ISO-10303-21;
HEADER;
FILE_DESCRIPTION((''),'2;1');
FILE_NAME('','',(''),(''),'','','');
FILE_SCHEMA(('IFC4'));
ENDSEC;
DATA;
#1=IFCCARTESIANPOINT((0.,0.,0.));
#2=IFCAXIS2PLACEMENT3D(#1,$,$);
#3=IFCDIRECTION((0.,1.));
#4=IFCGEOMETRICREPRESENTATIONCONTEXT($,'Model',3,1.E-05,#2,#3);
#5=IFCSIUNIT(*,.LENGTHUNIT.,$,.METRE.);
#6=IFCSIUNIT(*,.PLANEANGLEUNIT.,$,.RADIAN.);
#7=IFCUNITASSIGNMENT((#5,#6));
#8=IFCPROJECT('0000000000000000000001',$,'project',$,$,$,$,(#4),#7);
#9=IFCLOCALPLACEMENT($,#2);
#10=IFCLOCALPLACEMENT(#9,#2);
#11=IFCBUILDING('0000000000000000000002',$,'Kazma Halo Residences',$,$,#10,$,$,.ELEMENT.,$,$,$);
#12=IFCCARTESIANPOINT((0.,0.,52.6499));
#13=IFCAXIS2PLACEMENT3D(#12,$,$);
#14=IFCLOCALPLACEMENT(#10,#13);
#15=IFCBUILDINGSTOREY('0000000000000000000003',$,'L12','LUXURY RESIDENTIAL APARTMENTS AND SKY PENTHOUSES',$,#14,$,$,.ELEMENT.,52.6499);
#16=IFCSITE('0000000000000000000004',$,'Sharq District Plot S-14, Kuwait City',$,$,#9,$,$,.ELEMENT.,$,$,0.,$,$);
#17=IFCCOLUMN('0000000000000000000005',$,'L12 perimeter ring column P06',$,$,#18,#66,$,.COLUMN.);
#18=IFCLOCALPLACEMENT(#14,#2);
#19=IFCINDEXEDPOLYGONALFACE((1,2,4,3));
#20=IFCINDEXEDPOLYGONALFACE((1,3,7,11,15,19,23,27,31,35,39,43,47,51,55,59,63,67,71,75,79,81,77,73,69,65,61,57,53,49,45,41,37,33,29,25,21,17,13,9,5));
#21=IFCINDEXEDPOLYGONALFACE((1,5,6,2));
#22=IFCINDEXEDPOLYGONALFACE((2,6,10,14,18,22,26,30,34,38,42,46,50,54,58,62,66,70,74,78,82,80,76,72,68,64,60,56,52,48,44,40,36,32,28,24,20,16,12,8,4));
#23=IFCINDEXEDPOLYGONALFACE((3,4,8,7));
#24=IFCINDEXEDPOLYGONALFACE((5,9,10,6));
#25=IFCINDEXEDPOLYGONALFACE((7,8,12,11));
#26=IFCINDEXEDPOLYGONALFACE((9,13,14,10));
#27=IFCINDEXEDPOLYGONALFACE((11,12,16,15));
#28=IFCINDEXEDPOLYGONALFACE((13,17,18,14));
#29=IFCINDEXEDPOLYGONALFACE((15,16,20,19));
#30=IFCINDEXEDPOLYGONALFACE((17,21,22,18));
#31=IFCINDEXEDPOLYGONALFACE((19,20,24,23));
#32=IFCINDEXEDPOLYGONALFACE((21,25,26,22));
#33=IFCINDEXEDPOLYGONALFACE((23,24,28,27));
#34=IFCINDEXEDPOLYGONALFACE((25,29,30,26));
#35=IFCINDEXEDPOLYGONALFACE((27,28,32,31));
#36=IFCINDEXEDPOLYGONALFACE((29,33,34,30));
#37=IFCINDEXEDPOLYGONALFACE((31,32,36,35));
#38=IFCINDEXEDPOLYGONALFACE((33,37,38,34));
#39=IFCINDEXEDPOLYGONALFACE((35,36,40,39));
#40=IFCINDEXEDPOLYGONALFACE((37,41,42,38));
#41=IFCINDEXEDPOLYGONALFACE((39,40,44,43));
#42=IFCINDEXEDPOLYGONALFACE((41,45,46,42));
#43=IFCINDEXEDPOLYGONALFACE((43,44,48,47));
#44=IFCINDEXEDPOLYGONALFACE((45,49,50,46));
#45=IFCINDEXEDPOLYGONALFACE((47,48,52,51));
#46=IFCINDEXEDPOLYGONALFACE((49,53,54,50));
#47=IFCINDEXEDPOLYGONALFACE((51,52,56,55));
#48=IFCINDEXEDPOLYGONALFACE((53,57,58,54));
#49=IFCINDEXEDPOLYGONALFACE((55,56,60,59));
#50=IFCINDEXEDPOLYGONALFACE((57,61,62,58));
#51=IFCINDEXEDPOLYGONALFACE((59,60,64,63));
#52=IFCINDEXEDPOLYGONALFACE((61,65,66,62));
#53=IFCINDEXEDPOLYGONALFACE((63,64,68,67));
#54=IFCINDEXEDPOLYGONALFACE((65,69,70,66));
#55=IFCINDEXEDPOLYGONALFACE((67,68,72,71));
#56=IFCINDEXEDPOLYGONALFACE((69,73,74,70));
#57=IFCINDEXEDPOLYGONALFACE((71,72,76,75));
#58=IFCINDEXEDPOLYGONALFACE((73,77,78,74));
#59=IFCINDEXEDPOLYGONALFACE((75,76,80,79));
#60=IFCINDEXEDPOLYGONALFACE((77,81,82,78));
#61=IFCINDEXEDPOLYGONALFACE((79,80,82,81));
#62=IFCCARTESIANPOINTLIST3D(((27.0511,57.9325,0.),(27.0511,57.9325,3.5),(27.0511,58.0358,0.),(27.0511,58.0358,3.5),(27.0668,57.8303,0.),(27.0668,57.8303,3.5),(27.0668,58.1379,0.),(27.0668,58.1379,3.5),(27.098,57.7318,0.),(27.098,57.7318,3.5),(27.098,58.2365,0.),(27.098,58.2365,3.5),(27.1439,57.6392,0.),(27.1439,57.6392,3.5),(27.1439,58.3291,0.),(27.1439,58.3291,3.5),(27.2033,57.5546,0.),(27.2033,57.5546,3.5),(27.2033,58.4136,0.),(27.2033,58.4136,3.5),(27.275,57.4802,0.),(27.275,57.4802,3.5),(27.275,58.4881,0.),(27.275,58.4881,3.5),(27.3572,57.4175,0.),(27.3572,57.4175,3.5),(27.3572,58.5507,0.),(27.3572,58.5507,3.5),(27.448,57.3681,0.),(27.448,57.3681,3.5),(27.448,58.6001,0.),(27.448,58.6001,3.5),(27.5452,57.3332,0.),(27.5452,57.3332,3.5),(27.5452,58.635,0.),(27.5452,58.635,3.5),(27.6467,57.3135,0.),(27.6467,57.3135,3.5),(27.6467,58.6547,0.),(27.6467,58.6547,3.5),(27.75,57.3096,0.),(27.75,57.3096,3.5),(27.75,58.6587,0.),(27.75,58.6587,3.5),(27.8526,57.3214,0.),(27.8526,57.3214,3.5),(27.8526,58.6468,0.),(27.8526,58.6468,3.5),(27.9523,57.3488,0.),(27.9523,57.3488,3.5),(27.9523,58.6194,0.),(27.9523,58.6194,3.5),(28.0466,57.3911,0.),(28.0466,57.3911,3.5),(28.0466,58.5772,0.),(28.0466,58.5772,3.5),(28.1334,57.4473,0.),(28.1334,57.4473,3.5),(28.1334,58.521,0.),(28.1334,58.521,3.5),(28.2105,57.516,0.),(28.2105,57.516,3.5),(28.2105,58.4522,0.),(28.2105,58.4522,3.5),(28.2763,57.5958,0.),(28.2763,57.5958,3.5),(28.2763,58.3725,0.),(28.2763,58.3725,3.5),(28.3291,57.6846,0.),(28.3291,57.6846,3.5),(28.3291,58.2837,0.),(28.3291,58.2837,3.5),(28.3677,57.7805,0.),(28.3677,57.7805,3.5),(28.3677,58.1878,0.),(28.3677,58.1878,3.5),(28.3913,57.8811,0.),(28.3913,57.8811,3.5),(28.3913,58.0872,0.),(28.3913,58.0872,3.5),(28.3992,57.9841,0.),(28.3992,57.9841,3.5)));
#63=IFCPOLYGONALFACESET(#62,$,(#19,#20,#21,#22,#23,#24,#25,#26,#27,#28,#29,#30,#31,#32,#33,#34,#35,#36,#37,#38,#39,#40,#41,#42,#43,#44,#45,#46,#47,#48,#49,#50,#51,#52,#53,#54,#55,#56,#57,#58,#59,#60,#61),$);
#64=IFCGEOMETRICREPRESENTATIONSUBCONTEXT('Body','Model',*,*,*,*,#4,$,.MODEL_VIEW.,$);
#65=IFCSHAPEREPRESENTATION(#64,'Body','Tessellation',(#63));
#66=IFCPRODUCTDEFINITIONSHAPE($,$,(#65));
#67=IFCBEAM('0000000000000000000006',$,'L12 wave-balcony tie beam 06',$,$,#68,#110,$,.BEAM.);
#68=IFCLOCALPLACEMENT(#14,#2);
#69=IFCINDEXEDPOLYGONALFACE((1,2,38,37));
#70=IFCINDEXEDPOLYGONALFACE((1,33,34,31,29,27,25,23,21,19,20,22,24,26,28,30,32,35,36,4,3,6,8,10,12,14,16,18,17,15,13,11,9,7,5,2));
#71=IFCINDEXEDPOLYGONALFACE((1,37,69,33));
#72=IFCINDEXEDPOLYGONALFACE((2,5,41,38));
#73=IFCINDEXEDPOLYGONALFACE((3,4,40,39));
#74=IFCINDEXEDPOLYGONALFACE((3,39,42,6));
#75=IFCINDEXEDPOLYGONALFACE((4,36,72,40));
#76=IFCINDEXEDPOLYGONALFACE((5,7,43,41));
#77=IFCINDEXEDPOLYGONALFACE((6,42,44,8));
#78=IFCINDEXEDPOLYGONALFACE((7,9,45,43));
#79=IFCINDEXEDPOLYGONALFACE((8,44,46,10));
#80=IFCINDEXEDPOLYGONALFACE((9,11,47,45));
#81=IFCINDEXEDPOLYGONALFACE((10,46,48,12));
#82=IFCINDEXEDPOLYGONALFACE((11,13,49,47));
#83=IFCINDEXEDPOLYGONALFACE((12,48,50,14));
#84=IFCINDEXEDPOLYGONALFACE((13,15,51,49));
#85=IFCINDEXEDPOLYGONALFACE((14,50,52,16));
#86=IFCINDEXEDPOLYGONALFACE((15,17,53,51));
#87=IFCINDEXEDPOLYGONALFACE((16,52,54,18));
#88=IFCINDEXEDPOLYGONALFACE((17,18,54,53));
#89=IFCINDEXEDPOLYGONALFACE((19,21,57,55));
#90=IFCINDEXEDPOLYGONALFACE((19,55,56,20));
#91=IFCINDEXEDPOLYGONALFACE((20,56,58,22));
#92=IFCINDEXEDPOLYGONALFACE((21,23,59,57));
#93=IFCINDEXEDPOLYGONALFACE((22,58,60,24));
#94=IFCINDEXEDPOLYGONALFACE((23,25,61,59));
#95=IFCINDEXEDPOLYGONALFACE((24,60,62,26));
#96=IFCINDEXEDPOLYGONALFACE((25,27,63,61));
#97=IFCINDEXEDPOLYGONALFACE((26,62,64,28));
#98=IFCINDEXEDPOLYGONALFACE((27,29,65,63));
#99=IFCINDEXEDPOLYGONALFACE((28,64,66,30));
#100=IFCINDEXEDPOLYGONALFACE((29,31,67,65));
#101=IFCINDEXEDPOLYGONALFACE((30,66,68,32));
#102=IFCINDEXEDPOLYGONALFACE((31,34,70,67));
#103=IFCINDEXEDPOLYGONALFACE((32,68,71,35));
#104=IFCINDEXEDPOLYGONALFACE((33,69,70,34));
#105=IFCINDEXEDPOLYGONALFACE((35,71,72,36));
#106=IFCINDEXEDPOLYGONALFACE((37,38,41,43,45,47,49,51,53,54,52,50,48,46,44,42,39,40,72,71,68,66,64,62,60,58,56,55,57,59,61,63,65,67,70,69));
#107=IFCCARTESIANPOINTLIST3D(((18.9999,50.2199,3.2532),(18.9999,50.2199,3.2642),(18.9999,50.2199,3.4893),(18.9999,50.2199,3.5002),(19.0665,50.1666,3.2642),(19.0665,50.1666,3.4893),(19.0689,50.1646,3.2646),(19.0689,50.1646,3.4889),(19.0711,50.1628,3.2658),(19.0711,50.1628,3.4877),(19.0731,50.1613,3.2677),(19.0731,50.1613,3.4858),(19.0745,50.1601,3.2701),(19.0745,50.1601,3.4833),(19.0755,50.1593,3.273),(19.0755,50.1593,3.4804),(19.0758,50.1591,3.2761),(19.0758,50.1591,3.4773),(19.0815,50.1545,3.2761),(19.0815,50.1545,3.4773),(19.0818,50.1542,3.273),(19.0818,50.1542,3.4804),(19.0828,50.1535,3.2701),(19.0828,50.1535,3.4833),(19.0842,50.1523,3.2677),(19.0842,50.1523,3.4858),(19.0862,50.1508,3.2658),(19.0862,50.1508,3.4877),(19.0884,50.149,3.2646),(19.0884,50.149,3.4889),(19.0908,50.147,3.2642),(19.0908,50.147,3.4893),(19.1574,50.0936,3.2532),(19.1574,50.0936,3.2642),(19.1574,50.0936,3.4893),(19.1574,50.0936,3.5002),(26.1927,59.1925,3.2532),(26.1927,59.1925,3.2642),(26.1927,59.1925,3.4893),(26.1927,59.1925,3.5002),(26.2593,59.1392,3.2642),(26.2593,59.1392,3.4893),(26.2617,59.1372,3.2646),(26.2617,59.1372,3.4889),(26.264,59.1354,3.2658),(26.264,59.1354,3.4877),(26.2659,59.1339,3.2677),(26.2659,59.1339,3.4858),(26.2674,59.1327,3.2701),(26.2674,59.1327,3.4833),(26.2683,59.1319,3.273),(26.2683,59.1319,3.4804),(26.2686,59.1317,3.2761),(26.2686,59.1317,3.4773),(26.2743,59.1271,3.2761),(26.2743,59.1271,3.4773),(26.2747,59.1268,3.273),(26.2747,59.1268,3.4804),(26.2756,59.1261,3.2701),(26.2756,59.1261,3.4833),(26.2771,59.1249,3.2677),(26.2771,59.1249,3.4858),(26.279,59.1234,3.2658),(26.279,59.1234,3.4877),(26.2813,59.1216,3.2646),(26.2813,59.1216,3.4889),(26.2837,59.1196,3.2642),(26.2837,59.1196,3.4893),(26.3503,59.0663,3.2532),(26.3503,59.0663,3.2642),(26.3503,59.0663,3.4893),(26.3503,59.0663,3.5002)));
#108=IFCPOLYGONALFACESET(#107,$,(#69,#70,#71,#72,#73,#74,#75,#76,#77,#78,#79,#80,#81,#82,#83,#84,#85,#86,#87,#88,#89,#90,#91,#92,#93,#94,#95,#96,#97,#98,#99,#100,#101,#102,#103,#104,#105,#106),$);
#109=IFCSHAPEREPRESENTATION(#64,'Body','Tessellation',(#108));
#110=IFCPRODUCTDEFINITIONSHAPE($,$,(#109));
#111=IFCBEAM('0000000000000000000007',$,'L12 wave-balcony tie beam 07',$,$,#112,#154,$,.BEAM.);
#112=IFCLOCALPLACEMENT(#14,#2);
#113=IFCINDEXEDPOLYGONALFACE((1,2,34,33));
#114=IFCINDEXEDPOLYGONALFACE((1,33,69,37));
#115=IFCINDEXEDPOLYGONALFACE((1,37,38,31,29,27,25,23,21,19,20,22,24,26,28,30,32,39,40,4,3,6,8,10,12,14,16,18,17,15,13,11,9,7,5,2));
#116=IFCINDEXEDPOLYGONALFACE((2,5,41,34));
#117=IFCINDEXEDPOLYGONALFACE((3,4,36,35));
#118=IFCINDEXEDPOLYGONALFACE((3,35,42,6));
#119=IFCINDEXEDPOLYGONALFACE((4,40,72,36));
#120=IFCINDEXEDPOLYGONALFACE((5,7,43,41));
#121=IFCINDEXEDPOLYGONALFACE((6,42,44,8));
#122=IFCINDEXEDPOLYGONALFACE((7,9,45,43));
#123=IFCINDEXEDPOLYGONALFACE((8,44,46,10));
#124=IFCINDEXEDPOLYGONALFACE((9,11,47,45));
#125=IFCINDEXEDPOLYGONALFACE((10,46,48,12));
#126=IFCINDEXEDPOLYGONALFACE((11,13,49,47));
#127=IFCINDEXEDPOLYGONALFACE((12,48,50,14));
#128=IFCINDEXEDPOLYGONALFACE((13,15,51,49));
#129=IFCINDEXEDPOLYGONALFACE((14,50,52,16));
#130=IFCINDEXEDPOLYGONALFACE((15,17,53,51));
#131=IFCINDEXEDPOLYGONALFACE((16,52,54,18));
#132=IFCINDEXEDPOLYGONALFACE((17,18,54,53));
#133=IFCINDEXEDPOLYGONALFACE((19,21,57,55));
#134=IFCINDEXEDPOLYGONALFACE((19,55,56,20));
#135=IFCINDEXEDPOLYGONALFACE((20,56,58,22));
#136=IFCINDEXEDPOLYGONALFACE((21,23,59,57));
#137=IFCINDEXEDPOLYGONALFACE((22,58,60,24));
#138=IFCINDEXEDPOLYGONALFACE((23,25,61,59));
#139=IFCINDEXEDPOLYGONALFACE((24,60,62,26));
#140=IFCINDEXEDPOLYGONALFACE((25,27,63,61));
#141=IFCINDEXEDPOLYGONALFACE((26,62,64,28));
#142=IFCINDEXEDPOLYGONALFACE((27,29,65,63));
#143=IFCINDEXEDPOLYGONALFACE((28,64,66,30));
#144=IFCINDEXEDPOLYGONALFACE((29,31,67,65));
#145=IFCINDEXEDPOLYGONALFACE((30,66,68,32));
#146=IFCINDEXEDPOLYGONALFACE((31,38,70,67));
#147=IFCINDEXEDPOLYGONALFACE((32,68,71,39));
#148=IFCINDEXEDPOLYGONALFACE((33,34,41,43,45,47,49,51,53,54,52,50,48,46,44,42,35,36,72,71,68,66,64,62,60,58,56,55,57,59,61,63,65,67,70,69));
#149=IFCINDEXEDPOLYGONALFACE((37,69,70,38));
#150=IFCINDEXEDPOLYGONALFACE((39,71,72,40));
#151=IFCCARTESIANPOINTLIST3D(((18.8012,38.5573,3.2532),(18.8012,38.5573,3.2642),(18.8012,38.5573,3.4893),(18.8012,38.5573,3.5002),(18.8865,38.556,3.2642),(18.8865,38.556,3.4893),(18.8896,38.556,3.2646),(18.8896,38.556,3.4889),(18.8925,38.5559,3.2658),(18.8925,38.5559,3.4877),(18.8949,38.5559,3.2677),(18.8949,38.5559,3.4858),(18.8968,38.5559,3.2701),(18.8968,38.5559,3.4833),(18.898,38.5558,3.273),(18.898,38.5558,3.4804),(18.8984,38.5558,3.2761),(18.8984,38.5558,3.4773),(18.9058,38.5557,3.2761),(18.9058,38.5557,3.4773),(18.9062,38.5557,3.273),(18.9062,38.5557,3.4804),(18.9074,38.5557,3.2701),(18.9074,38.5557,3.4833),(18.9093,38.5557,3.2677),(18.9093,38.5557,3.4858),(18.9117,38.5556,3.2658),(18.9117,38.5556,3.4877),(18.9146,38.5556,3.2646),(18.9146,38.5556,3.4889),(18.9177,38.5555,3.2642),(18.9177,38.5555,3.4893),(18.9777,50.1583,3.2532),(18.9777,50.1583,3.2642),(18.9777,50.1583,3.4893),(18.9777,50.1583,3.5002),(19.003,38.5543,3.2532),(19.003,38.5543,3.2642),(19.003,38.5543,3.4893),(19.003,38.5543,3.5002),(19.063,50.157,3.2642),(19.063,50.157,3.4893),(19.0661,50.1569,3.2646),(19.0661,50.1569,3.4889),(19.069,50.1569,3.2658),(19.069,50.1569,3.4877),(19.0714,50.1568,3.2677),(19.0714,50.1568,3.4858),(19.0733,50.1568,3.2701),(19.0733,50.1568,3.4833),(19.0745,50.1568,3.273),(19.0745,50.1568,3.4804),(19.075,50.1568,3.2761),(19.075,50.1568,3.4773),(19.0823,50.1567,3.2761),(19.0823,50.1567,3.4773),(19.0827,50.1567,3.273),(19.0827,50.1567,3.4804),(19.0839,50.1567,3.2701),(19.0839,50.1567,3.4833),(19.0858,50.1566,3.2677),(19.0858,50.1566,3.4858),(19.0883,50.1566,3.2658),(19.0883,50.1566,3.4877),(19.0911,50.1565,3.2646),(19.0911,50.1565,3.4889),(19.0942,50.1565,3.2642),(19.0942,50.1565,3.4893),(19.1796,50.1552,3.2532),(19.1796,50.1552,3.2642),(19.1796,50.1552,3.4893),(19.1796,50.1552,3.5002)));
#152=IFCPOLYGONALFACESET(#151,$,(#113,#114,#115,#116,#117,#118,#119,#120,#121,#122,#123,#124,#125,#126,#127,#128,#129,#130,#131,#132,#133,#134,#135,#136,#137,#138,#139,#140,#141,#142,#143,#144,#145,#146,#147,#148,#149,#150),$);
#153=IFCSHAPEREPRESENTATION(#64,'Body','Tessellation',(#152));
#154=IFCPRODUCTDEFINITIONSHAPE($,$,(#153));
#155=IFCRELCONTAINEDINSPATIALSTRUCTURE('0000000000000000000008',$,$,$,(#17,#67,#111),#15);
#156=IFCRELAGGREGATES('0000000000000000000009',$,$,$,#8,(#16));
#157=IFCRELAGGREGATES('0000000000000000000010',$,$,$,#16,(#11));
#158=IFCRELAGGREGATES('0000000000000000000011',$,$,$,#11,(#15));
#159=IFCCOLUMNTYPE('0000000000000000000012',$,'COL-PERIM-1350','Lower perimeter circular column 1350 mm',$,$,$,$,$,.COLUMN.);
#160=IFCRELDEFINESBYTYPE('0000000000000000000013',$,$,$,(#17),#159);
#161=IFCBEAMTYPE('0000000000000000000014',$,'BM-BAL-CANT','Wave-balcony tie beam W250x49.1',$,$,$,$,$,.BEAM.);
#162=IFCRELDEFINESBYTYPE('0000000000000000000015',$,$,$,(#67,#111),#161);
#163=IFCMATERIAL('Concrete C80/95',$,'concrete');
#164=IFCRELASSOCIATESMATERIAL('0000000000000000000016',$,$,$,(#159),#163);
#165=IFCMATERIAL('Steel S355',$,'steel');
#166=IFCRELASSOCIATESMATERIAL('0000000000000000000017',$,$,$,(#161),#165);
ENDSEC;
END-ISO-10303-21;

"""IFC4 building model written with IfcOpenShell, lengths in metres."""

from ifc_helpers import new_model, si_unit, direction, frame, origin, origin_2d, place, context, subcontext, project, spatial, circle, i_section, extrude, material, material_profile, profile_set, type_object, element, save


model = new_model("IFC4")

# Units and contexts
model_context = context("Model", 3, precision=1e-05, world=origin(), true_north=direction((0.0, 1.0)))
body_context = subcontext(model_context, "Body", "Model", "MODEL_VIEW")
ifc_project = project(units=[si_unit("LENGTHUNIT", "METRE"), si_unit("PLANEANGLEUNIT", "RADIAN")], contexts=[model_context])

# Site, building, storey
site_placement = place(None, origin())
site = spatial("IfcSite", under=ifc_project, at=site_placement, Name="Sharq District Plot S-14, Kuwait City", CompositionType="ELEMENT", RefElevation=0.0)
building_placement = place(site_placement, origin())
building = spatial("IfcBuilding", under=site, at=building_placement, Name="Kazma Halo Residences", CompositionType="ELEMENT")
storey_placement = place(building_placement, frame((0.0, 0.0, 52.6499)))
storey = spatial("IfcBuildingStorey", under=building, at=storey_placement, Name="L12", Description="LUXURY RESIDENTIAL APARTMENTS AND SKY PENTHOUSES", CompositionType="ELEMENT", Elevation=52.6499)

# Column
ifc_material_1 = material(Name="Concrete C80/95", Category="concrete")
ifc_material_profile_1 = material_profile(ifc_material_1, circle(Radius=0.675, at=origin_2d()), Name="CIRC1350")
ifc_profile_set_1 = profile_set([ifc_material_profile_1], Name="Concrete C80/95")
column_type = type_object("IfcColumnType", Name="COL-PERIM-1350", Description="Lower perimeter circular column 1350 mm", PredefinedType="COLUMN", material=ifc_profile_set_1)
column_placement = place(storey_placement, frame((27.7241, 57.9841, 0.0), z_axis=(0.0, 0.0, 1.0), x_axis=(1.0, 0.0, 0.0)))
element("IfcColumn", 1, at=column_placement, inside=storey, type_object=column_type, Name="L12 perimeter ring column P06", PredefinedType="COLUMN", context=body_context, shape_type="SweptSolid", body=[
    extrude(circle(Radius=0.675, at=origin_2d()), origin(), (0.0, 0.0, 1.0), 3.5),
])

# Beams
ifc_material_2 = material(Name="Steel S355", Category="steel")
ifc_material_profile_2 = material_profile(ifc_material_2, i_section(OverallWidth=0.2019, OverallDepth=0.2471, WebThickness=0.0073, FlangeThickness=0.011, FilletRadius=0.012, at=origin_2d()), Name="W250x49.1")
ifc_profile_set_2 = profile_set([ifc_material_profile_2], Name="Steel S355")
beam_type_1 = type_object("IfcBeamType", Name="BM-BAL-CANT", Description="Wave-balcony tie beam W250x49.1", PredefinedType="BEAM", material=ifc_profile_set_2)
beam_1_placement = place(storey_placement, frame((26.2715, 59.1294, 3.3767), z_axis=(-0.625477, -0.780243, 0.0), x_axis=(0.780243, -0.625477, 0.0)))
element("IfcBeam", 2, at=beam_1_placement, inside=storey, type_object=beam_type_1, Name="L12 wave-balcony tie beam 06", PredefinedType="BEAM", context=body_context, shape_type="SweptSolid", body=[
    extrude(i_section(OverallWidth=0.2019, OverallDepth=0.2471, WebThickness=0.0073, FlangeThickness=0.011, FilletRadius=0.012, at=origin_2d()), origin(), (0.0, 0.0, 1.0), 11.4998),
])
beam_2_placement = place(storey_placement, frame((19.0786, 50.1567, 3.3767), z_axis=(-0.015214, -0.999884, 0.0), x_axis=(0.999884, -0.015214, 0.0)))
element("IfcBeam", 3, at=beam_2_placement, inside=storey, type_object=beam_type_1, Name="L12 wave-balcony tie beam 07", PredefinedType="BEAM", context=body_context, shape_type="SweptSolid", body=[
    extrude(i_section(OverallWidth=0.2019, OverallDepth=0.2471, WebThickness=0.0073, FlangeThickness=0.011, FilletRadius=0.012, at=origin_2d()), origin(), (0.0, 0.0, 1.0), 11.6023),
])

save(model, "model.ifc")
